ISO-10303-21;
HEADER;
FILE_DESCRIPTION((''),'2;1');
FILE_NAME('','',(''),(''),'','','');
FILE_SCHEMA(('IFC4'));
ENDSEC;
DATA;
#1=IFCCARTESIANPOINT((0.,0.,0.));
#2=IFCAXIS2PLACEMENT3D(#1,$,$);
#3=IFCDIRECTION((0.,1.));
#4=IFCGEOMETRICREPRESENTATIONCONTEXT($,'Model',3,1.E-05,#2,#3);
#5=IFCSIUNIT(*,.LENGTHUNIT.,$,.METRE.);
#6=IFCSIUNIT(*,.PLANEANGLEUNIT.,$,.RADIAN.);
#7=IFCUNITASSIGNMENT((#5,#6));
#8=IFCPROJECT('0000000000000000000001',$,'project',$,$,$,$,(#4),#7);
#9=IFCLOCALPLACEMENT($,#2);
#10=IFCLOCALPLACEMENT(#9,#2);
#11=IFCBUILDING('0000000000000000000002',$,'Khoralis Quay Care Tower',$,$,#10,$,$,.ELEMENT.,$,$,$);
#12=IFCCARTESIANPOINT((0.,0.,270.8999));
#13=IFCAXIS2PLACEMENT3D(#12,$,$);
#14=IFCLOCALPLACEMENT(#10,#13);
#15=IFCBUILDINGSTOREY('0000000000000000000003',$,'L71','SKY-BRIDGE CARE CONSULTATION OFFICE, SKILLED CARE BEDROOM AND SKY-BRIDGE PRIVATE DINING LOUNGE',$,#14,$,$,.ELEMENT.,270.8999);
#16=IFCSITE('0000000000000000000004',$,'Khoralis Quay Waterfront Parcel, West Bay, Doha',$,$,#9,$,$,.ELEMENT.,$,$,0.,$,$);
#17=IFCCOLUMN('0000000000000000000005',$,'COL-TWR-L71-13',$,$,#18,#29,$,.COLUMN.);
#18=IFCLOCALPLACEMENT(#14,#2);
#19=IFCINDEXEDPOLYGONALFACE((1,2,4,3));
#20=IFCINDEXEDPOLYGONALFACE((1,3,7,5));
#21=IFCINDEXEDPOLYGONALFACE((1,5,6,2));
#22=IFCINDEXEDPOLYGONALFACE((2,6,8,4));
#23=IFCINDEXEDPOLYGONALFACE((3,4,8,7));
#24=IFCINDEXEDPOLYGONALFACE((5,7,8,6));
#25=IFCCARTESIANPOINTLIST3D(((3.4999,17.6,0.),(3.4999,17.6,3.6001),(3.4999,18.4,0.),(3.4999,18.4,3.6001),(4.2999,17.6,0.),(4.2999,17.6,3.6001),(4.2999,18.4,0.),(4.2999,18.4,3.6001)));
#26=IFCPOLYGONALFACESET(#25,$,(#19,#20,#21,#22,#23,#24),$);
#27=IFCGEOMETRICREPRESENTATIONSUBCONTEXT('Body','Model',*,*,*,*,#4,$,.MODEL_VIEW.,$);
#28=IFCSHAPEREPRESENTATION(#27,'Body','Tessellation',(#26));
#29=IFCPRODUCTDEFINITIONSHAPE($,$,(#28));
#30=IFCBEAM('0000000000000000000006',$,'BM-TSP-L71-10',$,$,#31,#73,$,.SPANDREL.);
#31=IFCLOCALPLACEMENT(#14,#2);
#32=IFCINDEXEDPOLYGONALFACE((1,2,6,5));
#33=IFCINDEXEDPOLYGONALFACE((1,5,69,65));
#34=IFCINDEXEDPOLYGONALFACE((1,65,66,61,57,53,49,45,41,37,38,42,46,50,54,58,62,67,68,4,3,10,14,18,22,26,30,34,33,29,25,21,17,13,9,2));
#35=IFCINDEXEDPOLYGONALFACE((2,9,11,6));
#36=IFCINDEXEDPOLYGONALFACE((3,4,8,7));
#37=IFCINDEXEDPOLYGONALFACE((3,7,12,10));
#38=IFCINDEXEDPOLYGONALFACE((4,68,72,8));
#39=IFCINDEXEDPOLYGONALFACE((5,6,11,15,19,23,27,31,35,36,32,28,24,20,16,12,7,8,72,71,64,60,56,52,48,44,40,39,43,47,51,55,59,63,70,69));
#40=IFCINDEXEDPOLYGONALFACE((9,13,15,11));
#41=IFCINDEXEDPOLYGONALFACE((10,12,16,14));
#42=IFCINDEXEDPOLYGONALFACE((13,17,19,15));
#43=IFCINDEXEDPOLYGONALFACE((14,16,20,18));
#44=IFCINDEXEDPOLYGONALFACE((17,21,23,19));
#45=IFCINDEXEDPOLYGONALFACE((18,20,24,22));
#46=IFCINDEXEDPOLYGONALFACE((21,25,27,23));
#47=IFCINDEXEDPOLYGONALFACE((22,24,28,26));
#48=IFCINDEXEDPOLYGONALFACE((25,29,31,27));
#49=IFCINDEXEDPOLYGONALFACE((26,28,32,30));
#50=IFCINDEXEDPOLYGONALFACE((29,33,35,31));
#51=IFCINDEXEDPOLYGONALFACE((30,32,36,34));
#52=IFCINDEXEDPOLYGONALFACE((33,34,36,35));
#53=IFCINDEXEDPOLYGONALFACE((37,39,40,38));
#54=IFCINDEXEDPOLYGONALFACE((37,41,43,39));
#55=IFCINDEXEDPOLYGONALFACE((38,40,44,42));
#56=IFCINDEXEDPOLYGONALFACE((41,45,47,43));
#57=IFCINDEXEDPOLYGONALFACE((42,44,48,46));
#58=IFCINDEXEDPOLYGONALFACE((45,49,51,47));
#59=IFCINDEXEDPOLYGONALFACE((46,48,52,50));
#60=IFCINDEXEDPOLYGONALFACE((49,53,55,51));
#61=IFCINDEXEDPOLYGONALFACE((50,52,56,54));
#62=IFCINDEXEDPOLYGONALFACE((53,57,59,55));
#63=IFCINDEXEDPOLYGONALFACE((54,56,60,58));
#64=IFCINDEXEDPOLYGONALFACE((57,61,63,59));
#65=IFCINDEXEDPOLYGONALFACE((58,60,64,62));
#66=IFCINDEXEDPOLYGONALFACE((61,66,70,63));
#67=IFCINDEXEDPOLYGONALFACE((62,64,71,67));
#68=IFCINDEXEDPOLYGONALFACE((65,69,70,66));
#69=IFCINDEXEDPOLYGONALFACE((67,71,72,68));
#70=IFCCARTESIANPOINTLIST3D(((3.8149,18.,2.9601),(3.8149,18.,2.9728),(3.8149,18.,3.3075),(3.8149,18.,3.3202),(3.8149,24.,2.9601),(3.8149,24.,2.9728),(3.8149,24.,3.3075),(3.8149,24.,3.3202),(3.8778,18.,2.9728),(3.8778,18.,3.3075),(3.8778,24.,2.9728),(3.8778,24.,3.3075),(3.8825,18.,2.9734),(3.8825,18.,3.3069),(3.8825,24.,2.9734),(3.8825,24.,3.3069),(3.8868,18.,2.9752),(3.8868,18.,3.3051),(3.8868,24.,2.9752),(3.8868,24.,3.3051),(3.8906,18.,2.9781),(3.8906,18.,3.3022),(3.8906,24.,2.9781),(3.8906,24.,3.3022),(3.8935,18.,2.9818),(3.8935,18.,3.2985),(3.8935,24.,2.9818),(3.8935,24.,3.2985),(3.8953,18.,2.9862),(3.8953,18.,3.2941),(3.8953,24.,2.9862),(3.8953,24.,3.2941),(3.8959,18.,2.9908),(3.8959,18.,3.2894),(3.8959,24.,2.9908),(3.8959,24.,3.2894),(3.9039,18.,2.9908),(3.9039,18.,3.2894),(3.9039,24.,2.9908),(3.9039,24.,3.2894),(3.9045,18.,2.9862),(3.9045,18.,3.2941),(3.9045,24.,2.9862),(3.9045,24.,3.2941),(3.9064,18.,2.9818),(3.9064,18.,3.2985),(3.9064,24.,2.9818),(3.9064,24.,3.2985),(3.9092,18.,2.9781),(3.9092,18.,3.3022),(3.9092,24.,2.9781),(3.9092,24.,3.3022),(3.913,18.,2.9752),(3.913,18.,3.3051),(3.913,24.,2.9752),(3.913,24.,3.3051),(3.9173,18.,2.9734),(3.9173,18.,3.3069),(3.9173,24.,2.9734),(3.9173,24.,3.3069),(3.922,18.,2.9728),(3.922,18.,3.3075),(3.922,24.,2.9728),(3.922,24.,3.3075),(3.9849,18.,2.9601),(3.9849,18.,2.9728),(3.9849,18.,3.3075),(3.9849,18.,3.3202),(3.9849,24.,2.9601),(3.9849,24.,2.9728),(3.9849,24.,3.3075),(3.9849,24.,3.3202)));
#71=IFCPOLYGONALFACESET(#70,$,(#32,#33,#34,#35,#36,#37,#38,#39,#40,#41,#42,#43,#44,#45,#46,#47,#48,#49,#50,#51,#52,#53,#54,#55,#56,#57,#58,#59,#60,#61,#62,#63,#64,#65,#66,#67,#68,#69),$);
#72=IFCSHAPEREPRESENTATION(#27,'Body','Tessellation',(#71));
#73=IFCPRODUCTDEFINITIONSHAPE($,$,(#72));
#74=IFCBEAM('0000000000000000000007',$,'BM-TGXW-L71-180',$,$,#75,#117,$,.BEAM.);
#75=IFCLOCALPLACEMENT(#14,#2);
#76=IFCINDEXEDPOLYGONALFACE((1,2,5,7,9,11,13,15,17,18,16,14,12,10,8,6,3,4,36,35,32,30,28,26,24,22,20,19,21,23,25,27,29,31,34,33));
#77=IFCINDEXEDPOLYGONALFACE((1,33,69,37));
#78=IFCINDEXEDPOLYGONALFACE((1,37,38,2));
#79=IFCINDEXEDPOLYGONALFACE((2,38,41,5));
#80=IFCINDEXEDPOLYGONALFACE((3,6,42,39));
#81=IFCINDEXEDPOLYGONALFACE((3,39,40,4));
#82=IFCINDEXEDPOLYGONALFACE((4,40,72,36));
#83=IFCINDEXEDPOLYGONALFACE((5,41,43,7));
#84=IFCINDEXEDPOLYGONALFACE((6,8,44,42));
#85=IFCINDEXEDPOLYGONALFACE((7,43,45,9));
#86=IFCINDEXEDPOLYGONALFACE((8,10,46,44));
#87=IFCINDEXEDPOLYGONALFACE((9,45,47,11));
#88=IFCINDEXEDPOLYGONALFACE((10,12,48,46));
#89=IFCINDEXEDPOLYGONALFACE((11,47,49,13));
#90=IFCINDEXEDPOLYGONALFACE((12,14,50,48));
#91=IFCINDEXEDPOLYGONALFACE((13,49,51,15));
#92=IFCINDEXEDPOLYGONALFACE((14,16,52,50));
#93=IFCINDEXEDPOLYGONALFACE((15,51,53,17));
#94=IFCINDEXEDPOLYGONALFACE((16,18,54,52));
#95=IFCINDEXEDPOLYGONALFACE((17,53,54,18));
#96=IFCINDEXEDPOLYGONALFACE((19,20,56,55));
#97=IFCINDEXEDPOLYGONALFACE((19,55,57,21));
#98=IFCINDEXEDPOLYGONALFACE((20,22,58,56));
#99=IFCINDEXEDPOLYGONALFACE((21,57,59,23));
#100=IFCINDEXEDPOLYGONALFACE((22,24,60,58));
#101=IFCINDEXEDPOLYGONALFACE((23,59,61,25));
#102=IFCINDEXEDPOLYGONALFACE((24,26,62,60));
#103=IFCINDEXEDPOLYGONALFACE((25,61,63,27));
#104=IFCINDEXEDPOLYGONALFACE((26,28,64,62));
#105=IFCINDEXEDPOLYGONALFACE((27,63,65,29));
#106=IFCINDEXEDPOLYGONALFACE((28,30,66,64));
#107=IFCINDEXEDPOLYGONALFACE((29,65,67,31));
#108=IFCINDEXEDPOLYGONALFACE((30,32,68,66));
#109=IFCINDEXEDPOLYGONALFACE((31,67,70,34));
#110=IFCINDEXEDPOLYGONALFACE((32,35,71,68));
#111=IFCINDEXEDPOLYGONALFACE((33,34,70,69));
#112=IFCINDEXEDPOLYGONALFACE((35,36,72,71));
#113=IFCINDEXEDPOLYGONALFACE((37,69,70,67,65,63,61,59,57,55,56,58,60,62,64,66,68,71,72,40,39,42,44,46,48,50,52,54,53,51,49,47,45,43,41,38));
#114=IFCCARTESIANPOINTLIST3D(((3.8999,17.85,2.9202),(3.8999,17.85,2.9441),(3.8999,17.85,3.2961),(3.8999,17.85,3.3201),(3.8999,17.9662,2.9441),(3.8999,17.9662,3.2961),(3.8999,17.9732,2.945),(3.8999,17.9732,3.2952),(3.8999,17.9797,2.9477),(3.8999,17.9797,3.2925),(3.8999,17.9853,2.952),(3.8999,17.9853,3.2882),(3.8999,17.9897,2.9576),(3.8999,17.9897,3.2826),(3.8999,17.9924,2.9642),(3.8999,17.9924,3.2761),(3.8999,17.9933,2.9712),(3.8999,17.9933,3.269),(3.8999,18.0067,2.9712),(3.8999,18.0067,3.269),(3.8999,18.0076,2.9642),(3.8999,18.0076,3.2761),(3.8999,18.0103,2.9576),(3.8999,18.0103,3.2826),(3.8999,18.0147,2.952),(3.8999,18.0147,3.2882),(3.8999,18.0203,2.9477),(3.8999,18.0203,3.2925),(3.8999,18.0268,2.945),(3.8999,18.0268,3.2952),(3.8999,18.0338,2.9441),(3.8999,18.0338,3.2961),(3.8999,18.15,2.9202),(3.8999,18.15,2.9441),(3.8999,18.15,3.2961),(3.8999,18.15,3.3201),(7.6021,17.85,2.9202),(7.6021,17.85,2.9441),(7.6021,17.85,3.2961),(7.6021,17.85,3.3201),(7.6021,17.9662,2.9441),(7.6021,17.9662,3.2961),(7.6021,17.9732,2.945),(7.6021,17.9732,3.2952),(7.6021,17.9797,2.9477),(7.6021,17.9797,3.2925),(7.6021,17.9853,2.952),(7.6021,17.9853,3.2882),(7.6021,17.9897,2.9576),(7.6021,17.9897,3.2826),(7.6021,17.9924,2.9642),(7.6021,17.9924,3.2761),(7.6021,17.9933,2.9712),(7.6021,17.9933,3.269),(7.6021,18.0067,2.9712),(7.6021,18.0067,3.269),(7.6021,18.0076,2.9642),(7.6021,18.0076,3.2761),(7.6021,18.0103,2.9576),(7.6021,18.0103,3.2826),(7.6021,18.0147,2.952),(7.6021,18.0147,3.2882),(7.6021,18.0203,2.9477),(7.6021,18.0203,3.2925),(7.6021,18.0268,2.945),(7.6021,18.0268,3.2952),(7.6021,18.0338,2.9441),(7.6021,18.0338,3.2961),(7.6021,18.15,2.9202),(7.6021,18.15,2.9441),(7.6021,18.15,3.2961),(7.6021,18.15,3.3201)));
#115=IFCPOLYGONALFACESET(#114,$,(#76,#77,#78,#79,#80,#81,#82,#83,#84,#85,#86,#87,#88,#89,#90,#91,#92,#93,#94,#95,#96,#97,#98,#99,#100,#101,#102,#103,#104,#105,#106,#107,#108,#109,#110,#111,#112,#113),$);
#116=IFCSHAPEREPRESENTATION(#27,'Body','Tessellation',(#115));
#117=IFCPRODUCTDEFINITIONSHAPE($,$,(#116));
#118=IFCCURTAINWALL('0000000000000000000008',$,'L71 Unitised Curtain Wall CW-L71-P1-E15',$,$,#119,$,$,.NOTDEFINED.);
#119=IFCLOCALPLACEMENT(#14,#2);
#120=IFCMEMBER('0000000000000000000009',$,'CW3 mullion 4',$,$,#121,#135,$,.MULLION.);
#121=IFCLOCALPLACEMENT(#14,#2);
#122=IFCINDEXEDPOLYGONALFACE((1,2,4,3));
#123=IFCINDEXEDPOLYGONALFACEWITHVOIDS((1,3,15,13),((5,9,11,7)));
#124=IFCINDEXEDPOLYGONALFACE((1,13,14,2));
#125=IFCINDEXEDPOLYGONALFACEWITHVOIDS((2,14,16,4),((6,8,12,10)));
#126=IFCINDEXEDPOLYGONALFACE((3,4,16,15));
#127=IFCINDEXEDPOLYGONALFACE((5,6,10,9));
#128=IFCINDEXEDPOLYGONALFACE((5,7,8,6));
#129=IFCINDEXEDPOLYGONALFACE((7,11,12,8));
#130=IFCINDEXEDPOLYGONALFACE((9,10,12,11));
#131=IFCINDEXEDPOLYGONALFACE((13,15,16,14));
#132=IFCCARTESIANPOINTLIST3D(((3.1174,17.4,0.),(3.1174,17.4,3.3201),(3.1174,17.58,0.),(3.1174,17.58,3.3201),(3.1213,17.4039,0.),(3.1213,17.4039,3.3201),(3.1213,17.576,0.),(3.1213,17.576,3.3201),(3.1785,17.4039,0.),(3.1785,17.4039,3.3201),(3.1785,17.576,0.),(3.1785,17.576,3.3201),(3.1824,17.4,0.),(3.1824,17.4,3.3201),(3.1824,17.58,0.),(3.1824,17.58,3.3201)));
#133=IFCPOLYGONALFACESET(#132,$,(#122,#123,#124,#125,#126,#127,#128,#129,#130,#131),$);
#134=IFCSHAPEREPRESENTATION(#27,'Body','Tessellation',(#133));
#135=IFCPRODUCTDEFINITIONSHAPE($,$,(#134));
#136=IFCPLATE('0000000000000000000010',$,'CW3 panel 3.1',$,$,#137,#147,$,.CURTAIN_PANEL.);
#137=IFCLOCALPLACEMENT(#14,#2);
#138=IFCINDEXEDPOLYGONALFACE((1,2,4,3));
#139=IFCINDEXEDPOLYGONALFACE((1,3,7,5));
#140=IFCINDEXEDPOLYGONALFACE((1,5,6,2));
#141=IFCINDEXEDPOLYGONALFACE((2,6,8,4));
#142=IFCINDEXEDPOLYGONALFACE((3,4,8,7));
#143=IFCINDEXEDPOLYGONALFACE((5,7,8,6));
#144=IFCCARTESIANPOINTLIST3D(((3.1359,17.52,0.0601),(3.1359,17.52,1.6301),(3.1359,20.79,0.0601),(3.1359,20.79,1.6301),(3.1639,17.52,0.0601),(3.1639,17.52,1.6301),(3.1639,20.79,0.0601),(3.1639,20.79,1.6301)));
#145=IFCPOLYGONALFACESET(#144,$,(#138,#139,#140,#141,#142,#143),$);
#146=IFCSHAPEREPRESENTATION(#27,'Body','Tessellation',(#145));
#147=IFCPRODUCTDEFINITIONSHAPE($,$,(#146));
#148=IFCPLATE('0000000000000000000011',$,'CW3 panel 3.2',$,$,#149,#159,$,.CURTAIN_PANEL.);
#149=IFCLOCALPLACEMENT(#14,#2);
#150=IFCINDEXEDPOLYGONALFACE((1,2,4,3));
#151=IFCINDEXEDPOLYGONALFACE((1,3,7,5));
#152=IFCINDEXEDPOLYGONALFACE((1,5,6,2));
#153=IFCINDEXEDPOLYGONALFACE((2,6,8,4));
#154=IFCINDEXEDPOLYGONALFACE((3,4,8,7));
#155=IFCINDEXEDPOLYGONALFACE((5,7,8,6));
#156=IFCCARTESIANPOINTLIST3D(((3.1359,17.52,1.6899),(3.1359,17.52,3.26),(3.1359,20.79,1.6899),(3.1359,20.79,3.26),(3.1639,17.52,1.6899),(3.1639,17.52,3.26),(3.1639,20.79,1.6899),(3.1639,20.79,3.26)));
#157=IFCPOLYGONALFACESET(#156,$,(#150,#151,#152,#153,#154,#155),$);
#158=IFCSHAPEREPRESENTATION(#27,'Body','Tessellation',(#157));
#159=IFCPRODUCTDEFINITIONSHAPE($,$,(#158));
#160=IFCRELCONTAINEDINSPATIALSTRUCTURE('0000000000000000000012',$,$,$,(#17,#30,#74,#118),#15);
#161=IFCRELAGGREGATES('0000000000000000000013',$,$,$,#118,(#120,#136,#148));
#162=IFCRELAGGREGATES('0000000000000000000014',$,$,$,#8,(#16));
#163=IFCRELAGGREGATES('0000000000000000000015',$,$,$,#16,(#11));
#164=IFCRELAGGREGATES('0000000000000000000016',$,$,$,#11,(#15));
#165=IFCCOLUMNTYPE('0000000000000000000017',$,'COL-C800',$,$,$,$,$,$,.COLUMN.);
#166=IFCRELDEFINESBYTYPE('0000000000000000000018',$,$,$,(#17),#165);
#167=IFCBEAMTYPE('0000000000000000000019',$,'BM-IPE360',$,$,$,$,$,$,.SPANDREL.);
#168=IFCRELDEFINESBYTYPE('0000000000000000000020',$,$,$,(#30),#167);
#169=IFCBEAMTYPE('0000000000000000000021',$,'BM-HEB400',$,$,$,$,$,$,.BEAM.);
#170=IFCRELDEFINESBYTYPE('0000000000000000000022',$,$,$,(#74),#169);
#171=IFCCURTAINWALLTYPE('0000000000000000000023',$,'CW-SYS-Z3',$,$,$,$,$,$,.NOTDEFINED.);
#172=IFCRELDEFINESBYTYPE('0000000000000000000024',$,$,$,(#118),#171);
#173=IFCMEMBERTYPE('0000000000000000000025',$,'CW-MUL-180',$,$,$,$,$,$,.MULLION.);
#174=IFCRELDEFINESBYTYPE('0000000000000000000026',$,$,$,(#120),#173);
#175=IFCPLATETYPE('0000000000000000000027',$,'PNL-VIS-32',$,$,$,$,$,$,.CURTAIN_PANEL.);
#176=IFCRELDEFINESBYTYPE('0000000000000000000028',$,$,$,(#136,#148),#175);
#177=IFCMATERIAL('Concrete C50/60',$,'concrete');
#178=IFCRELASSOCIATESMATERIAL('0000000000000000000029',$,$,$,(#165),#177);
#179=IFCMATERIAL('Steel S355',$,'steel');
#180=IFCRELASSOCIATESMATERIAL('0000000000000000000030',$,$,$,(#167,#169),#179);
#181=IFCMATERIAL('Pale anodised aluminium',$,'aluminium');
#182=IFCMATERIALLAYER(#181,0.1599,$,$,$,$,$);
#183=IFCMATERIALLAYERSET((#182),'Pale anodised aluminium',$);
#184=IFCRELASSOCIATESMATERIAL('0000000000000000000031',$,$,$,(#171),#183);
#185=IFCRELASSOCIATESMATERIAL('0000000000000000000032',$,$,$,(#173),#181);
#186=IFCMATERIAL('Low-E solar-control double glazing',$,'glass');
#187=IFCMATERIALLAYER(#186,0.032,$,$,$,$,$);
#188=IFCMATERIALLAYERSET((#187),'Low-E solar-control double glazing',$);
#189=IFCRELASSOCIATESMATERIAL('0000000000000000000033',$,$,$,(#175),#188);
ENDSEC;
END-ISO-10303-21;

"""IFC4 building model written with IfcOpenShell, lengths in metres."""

from ifc_helpers import new_model, si_unit, direction, frame, origin, origin_2d, place, context, subcontext, project, spatial, rectangle, hollow_rectangle, i_section, extrude, source, transform, mapped, material, layer, layer_set, material_profile, profile_set, type_object, element, aggregate, save


model = new_model("IFC4")

# Units and contexts
model_context = context("Model", 3, precision=1e-05, world=origin(), true_north=direction((0.0, 1.0)))
body_context = subcontext(model_context, "Body", "Model", "MODEL_VIEW")
ifc_project = project(units=[si_unit("LENGTHUNIT", "METRE"), si_unit("PLANEANGLEUNIT", "RADIAN")], contexts=[model_context])

# Site, building, storey
site_placement = place(None, origin())
site = spatial("IfcSite", under=ifc_project, at=site_placement, Name="Khoralis Quay Waterfront Parcel, West Bay, Doha", CompositionType="ELEMENT", RefElevation=0.0)
building_placement = place(site_placement, origin())
building = spatial("IfcBuilding", under=site, at=building_placement, Name="Khoralis Quay Care Tower", CompositionType="ELEMENT")
storey_placement = place(building_placement, frame((0.0, 0.0, 270.8999)))
storey = spatial("IfcBuildingStorey", under=building, at=storey_placement, Name="L71", Description="SKY-BRIDGE CARE CONSULTATION OFFICE, SKILLED CARE BEDROOM AND SKY-BRIDGE PRIVATE DINING LOUNGE", CompositionType="ELEMENT", Elevation=270.8999)

# Column
ifc_material_1 = material(Name="Concrete C50/60", Category="concrete")
ifc_material_profile_1 = material_profile(ifc_material_1, rectangle(XDim=0.8, YDim=0.8, at=origin_2d()), Name="Concrete C50/60")
ifc_profile_set_1 = profile_set([ifc_material_profile_1], Name="Concrete C50/60")
column_type = type_object("IfcColumnType", Name="COL-C800", PredefinedType="COLUMN", material=ifc_profile_set_1)
shared_shape_1 = source(origin(), body_context, "Body", "SweptSolid", [
    extrude(rectangle(XDim=0.8, YDim=0.8, at=origin_2d()), origin(), (0.0, 0.0, 1.0), 3.6001),
])
column_placement = place(storey_placement, frame((3.8999, 18.0, 0.0), z_axis=(0.0, 0.0, 1.0), x_axis=(1.0, 0.0, 0.0)))
element("IfcColumn", 1, at=column_placement, inside=storey, type_object=column_type, Name="COL-TWR-L71-13", PredefinedType="COLUMN", context=body_context, shape_type="MappedRepresentation", body=[
    mapped(shared_shape_1, transform((0.0, 0.0, 0.0), scale=1.0)),
])

# Beams
ifc_material_2 = material(Name="Steel S355", Category="steel")
ifc_material_profile_2 = material_profile(ifc_material_2, i_section(OverallWidth=0.1699, OverallDepth=0.3601, WebThickness=0.0081, FlangeThickness=0.0127, FilletRadius=0.0181, at=origin_2d()), Name="Steel S355")
ifc_profile_set_2 = profile_set([ifc_material_profile_2], Name="Steel S355")
beam_type_1 = type_object("IfcBeamType", Name="BM-IPE360", PredefinedType="SPANDREL", material=ifc_profile_set_2)
shared_shape_2 = source(origin(), body_context, "Body", "SweptSolid", [
    extrude(i_section(OverallWidth=0.1699, OverallDepth=0.3601, WebThickness=0.0081, FlangeThickness=0.0127, FilletRadius=0.0181, at=origin_2d()), origin(), (0.0, 0.0, 1.0), 6.0),
])
beam_1_placement = place(storey_placement, frame((3.8999, 18.0, 3.1401), z_axis=(0.0, 1.0, 0.0), x_axis=(-1.0, 0.0, 0.0)))
element("IfcBeam", 2, at=beam_1_placement, inside=storey, type_object=beam_type_1, Name="BM-TSP-L71-10", PredefinedType="SPANDREL", context=body_context, shape_type="MappedRepresentation", body=[
    mapped(shared_shape_2, transform((0.0, 0.0, 0.0), scale=1.0)),
])
ifc_material_profile_3 = material_profile(ifc_material_2, i_section(OverallWidth=0.3, OverallDepth=0.3999, WebThickness=0.0134, FlangeThickness=0.0239, FilletRadius=0.0271, at=origin_2d()), Name="Steel S355")
ifc_profile_set_3 = profile_set([ifc_material_profile_3], Name="Steel S355")
beam_type_2 = type_object("IfcBeamType", Name="BM-HEB400", PredefinedType="BEAM", material=ifc_profile_set_3)
shared_shape_3 = source(origin(), body_context, "Body", "SweptSolid", [
    extrude(i_section(OverallWidth=0.3, OverallDepth=0.3999, WebThickness=0.0134, FlangeThickness=0.0239, FilletRadius=0.0271, at=origin_2d()), origin(), (0.0, 0.0, 1.0), 3.7021),
])
beam_2_placement = place(storey_placement, frame((3.8999, 18.0, 3.1201), z_axis=(1.0, 0.0, 0.0), x_axis=(0.0, 1.0, 0.0)))
element("IfcBeam", 3, at=beam_2_placement, inside=storey, type_object=beam_type_2, Name="BM-TGXW-L71-180", PredefinedType="BEAM", context=body_context, shape_type="MappedRepresentation", body=[
    mapped(shared_shape_3, transform((0.0, 0.0, 0.0), scale=1.0)),
])

# Curtain wall, member, plates
ifc_material_3 = material(Name="Pale anodised aluminium", Category="aluminium")
ifc_layer_1 = layer(ifc_material_3, 0.1599)
ifc_layer_set_1 = layer_set([ifc_layer_1], Name="Pale anodised aluminium")
curtain_wall_type = type_object("IfcCurtainWallType", Name="CW-SYS-Z3", PredefinedType="NOTDEFINED", material=ifc_layer_set_1)
curtain_wall_placement = place(storey_placement, origin())
curtain_wall = element("IfcCurtainWall", 4, at=curtain_wall_placement, inside=storey, type_object=curtain_wall_type, Name="L71 Unitised Curtain Wall CW-L71-P1-E15", PredefinedType="NOTDEFINED")
ifc_material_profile_4 = material_profile(ifc_material_3, hollow_rectangle(XDim=0.0649, YDim=0.1799, WallThickness=0.0039, at=origin_2d()), Name="Pale anodised aluminium")
ifc_profile_set_4 = profile_set([ifc_material_profile_4], Name="Pale anodised aluminium")
member_type = type_object("IfcMemberType", Name="CW-MUL-180", PredefinedType="MULLION", material=ifc_profile_set_4)
shared_shape_4 = source(origin(), body_context, "Body", "SweptSolid", [
    extrude(hollow_rectangle(XDim=0.0649, YDim=0.1799, WallThickness=0.0039, at=origin_2d()), origin(), (0.0, 0.0, 1.0), 3.3201),
])
member_placement = place(storey_placement, frame((3.1499, 17.49, 0.0), z_axis=(0.0, 0.0, 1.0), x_axis=(1.0, 0.0, 0.0)))
member = element("IfcMember", 5, at=member_placement, type_object=member_type, Name="CW3 mullion 4", PredefinedType="MULLION", context=body_context, shape_type="MappedRepresentation", body=[
    mapped(shared_shape_4, transform((0.0, 0.0, 0.0), scale=1.0)),
])
ifc_material_4 = material(Name="Low-E solar-control double glazing", Category="glass")
ifc_layer_2 = layer(ifc_material_4, 0.032)
ifc_layer_set_2 = layer_set([ifc_layer_2], Name="Low-E solar-control double glazing")
plate_type = type_object("IfcPlateType", Name="PNL-VIS-32", PredefinedType="CURTAIN_PANEL", material=ifc_layer_set_2)
shared_shape_5 = source(origin(), body_context, "Body", "SweptSolid", [
    extrude(rectangle(XDim=3.27, YDim=0.0281, at=origin_2d()), origin(), (0.0, 0.0, 1.0), 1.5701),
])
plate_1_placement = place(storey_placement, frame((3.1499, 19.155, 0.0601), z_axis=(0.0, 0.0, 1.0), x_axis=(0.0, -1.0, 0.0)))
plate_1 = element("IfcPlate", 6, at=plate_1_placement, type_object=plate_type, Name="CW3 panel 3.1", PredefinedType="CURTAIN_PANEL", context=body_context, shape_type="MappedRepresentation", body=[
    mapped(shared_shape_5, transform((0.0, 0.0, 0.0), scale=1.0)),
])
plate_2_placement = place(storey_placement, frame((3.1499, 19.155, 1.6899), z_axis=(0.0, 0.0, 1.0), x_axis=(0.0, -1.0, 0.0)))
plate_2 = element("IfcPlate", 7, at=plate_2_placement, type_object=plate_type, Name="CW3 panel 3.2", PredefinedType="CURTAIN_PANEL", context=body_context, shape_type="MappedRepresentation", body=[
    mapped(shared_shape_5, transform((0.0, 0.0, 0.0), scale=1.0)),
])
aggregate(curtain_wall, [member, plate_1, plate_2])

save(model, "model.ifc")
